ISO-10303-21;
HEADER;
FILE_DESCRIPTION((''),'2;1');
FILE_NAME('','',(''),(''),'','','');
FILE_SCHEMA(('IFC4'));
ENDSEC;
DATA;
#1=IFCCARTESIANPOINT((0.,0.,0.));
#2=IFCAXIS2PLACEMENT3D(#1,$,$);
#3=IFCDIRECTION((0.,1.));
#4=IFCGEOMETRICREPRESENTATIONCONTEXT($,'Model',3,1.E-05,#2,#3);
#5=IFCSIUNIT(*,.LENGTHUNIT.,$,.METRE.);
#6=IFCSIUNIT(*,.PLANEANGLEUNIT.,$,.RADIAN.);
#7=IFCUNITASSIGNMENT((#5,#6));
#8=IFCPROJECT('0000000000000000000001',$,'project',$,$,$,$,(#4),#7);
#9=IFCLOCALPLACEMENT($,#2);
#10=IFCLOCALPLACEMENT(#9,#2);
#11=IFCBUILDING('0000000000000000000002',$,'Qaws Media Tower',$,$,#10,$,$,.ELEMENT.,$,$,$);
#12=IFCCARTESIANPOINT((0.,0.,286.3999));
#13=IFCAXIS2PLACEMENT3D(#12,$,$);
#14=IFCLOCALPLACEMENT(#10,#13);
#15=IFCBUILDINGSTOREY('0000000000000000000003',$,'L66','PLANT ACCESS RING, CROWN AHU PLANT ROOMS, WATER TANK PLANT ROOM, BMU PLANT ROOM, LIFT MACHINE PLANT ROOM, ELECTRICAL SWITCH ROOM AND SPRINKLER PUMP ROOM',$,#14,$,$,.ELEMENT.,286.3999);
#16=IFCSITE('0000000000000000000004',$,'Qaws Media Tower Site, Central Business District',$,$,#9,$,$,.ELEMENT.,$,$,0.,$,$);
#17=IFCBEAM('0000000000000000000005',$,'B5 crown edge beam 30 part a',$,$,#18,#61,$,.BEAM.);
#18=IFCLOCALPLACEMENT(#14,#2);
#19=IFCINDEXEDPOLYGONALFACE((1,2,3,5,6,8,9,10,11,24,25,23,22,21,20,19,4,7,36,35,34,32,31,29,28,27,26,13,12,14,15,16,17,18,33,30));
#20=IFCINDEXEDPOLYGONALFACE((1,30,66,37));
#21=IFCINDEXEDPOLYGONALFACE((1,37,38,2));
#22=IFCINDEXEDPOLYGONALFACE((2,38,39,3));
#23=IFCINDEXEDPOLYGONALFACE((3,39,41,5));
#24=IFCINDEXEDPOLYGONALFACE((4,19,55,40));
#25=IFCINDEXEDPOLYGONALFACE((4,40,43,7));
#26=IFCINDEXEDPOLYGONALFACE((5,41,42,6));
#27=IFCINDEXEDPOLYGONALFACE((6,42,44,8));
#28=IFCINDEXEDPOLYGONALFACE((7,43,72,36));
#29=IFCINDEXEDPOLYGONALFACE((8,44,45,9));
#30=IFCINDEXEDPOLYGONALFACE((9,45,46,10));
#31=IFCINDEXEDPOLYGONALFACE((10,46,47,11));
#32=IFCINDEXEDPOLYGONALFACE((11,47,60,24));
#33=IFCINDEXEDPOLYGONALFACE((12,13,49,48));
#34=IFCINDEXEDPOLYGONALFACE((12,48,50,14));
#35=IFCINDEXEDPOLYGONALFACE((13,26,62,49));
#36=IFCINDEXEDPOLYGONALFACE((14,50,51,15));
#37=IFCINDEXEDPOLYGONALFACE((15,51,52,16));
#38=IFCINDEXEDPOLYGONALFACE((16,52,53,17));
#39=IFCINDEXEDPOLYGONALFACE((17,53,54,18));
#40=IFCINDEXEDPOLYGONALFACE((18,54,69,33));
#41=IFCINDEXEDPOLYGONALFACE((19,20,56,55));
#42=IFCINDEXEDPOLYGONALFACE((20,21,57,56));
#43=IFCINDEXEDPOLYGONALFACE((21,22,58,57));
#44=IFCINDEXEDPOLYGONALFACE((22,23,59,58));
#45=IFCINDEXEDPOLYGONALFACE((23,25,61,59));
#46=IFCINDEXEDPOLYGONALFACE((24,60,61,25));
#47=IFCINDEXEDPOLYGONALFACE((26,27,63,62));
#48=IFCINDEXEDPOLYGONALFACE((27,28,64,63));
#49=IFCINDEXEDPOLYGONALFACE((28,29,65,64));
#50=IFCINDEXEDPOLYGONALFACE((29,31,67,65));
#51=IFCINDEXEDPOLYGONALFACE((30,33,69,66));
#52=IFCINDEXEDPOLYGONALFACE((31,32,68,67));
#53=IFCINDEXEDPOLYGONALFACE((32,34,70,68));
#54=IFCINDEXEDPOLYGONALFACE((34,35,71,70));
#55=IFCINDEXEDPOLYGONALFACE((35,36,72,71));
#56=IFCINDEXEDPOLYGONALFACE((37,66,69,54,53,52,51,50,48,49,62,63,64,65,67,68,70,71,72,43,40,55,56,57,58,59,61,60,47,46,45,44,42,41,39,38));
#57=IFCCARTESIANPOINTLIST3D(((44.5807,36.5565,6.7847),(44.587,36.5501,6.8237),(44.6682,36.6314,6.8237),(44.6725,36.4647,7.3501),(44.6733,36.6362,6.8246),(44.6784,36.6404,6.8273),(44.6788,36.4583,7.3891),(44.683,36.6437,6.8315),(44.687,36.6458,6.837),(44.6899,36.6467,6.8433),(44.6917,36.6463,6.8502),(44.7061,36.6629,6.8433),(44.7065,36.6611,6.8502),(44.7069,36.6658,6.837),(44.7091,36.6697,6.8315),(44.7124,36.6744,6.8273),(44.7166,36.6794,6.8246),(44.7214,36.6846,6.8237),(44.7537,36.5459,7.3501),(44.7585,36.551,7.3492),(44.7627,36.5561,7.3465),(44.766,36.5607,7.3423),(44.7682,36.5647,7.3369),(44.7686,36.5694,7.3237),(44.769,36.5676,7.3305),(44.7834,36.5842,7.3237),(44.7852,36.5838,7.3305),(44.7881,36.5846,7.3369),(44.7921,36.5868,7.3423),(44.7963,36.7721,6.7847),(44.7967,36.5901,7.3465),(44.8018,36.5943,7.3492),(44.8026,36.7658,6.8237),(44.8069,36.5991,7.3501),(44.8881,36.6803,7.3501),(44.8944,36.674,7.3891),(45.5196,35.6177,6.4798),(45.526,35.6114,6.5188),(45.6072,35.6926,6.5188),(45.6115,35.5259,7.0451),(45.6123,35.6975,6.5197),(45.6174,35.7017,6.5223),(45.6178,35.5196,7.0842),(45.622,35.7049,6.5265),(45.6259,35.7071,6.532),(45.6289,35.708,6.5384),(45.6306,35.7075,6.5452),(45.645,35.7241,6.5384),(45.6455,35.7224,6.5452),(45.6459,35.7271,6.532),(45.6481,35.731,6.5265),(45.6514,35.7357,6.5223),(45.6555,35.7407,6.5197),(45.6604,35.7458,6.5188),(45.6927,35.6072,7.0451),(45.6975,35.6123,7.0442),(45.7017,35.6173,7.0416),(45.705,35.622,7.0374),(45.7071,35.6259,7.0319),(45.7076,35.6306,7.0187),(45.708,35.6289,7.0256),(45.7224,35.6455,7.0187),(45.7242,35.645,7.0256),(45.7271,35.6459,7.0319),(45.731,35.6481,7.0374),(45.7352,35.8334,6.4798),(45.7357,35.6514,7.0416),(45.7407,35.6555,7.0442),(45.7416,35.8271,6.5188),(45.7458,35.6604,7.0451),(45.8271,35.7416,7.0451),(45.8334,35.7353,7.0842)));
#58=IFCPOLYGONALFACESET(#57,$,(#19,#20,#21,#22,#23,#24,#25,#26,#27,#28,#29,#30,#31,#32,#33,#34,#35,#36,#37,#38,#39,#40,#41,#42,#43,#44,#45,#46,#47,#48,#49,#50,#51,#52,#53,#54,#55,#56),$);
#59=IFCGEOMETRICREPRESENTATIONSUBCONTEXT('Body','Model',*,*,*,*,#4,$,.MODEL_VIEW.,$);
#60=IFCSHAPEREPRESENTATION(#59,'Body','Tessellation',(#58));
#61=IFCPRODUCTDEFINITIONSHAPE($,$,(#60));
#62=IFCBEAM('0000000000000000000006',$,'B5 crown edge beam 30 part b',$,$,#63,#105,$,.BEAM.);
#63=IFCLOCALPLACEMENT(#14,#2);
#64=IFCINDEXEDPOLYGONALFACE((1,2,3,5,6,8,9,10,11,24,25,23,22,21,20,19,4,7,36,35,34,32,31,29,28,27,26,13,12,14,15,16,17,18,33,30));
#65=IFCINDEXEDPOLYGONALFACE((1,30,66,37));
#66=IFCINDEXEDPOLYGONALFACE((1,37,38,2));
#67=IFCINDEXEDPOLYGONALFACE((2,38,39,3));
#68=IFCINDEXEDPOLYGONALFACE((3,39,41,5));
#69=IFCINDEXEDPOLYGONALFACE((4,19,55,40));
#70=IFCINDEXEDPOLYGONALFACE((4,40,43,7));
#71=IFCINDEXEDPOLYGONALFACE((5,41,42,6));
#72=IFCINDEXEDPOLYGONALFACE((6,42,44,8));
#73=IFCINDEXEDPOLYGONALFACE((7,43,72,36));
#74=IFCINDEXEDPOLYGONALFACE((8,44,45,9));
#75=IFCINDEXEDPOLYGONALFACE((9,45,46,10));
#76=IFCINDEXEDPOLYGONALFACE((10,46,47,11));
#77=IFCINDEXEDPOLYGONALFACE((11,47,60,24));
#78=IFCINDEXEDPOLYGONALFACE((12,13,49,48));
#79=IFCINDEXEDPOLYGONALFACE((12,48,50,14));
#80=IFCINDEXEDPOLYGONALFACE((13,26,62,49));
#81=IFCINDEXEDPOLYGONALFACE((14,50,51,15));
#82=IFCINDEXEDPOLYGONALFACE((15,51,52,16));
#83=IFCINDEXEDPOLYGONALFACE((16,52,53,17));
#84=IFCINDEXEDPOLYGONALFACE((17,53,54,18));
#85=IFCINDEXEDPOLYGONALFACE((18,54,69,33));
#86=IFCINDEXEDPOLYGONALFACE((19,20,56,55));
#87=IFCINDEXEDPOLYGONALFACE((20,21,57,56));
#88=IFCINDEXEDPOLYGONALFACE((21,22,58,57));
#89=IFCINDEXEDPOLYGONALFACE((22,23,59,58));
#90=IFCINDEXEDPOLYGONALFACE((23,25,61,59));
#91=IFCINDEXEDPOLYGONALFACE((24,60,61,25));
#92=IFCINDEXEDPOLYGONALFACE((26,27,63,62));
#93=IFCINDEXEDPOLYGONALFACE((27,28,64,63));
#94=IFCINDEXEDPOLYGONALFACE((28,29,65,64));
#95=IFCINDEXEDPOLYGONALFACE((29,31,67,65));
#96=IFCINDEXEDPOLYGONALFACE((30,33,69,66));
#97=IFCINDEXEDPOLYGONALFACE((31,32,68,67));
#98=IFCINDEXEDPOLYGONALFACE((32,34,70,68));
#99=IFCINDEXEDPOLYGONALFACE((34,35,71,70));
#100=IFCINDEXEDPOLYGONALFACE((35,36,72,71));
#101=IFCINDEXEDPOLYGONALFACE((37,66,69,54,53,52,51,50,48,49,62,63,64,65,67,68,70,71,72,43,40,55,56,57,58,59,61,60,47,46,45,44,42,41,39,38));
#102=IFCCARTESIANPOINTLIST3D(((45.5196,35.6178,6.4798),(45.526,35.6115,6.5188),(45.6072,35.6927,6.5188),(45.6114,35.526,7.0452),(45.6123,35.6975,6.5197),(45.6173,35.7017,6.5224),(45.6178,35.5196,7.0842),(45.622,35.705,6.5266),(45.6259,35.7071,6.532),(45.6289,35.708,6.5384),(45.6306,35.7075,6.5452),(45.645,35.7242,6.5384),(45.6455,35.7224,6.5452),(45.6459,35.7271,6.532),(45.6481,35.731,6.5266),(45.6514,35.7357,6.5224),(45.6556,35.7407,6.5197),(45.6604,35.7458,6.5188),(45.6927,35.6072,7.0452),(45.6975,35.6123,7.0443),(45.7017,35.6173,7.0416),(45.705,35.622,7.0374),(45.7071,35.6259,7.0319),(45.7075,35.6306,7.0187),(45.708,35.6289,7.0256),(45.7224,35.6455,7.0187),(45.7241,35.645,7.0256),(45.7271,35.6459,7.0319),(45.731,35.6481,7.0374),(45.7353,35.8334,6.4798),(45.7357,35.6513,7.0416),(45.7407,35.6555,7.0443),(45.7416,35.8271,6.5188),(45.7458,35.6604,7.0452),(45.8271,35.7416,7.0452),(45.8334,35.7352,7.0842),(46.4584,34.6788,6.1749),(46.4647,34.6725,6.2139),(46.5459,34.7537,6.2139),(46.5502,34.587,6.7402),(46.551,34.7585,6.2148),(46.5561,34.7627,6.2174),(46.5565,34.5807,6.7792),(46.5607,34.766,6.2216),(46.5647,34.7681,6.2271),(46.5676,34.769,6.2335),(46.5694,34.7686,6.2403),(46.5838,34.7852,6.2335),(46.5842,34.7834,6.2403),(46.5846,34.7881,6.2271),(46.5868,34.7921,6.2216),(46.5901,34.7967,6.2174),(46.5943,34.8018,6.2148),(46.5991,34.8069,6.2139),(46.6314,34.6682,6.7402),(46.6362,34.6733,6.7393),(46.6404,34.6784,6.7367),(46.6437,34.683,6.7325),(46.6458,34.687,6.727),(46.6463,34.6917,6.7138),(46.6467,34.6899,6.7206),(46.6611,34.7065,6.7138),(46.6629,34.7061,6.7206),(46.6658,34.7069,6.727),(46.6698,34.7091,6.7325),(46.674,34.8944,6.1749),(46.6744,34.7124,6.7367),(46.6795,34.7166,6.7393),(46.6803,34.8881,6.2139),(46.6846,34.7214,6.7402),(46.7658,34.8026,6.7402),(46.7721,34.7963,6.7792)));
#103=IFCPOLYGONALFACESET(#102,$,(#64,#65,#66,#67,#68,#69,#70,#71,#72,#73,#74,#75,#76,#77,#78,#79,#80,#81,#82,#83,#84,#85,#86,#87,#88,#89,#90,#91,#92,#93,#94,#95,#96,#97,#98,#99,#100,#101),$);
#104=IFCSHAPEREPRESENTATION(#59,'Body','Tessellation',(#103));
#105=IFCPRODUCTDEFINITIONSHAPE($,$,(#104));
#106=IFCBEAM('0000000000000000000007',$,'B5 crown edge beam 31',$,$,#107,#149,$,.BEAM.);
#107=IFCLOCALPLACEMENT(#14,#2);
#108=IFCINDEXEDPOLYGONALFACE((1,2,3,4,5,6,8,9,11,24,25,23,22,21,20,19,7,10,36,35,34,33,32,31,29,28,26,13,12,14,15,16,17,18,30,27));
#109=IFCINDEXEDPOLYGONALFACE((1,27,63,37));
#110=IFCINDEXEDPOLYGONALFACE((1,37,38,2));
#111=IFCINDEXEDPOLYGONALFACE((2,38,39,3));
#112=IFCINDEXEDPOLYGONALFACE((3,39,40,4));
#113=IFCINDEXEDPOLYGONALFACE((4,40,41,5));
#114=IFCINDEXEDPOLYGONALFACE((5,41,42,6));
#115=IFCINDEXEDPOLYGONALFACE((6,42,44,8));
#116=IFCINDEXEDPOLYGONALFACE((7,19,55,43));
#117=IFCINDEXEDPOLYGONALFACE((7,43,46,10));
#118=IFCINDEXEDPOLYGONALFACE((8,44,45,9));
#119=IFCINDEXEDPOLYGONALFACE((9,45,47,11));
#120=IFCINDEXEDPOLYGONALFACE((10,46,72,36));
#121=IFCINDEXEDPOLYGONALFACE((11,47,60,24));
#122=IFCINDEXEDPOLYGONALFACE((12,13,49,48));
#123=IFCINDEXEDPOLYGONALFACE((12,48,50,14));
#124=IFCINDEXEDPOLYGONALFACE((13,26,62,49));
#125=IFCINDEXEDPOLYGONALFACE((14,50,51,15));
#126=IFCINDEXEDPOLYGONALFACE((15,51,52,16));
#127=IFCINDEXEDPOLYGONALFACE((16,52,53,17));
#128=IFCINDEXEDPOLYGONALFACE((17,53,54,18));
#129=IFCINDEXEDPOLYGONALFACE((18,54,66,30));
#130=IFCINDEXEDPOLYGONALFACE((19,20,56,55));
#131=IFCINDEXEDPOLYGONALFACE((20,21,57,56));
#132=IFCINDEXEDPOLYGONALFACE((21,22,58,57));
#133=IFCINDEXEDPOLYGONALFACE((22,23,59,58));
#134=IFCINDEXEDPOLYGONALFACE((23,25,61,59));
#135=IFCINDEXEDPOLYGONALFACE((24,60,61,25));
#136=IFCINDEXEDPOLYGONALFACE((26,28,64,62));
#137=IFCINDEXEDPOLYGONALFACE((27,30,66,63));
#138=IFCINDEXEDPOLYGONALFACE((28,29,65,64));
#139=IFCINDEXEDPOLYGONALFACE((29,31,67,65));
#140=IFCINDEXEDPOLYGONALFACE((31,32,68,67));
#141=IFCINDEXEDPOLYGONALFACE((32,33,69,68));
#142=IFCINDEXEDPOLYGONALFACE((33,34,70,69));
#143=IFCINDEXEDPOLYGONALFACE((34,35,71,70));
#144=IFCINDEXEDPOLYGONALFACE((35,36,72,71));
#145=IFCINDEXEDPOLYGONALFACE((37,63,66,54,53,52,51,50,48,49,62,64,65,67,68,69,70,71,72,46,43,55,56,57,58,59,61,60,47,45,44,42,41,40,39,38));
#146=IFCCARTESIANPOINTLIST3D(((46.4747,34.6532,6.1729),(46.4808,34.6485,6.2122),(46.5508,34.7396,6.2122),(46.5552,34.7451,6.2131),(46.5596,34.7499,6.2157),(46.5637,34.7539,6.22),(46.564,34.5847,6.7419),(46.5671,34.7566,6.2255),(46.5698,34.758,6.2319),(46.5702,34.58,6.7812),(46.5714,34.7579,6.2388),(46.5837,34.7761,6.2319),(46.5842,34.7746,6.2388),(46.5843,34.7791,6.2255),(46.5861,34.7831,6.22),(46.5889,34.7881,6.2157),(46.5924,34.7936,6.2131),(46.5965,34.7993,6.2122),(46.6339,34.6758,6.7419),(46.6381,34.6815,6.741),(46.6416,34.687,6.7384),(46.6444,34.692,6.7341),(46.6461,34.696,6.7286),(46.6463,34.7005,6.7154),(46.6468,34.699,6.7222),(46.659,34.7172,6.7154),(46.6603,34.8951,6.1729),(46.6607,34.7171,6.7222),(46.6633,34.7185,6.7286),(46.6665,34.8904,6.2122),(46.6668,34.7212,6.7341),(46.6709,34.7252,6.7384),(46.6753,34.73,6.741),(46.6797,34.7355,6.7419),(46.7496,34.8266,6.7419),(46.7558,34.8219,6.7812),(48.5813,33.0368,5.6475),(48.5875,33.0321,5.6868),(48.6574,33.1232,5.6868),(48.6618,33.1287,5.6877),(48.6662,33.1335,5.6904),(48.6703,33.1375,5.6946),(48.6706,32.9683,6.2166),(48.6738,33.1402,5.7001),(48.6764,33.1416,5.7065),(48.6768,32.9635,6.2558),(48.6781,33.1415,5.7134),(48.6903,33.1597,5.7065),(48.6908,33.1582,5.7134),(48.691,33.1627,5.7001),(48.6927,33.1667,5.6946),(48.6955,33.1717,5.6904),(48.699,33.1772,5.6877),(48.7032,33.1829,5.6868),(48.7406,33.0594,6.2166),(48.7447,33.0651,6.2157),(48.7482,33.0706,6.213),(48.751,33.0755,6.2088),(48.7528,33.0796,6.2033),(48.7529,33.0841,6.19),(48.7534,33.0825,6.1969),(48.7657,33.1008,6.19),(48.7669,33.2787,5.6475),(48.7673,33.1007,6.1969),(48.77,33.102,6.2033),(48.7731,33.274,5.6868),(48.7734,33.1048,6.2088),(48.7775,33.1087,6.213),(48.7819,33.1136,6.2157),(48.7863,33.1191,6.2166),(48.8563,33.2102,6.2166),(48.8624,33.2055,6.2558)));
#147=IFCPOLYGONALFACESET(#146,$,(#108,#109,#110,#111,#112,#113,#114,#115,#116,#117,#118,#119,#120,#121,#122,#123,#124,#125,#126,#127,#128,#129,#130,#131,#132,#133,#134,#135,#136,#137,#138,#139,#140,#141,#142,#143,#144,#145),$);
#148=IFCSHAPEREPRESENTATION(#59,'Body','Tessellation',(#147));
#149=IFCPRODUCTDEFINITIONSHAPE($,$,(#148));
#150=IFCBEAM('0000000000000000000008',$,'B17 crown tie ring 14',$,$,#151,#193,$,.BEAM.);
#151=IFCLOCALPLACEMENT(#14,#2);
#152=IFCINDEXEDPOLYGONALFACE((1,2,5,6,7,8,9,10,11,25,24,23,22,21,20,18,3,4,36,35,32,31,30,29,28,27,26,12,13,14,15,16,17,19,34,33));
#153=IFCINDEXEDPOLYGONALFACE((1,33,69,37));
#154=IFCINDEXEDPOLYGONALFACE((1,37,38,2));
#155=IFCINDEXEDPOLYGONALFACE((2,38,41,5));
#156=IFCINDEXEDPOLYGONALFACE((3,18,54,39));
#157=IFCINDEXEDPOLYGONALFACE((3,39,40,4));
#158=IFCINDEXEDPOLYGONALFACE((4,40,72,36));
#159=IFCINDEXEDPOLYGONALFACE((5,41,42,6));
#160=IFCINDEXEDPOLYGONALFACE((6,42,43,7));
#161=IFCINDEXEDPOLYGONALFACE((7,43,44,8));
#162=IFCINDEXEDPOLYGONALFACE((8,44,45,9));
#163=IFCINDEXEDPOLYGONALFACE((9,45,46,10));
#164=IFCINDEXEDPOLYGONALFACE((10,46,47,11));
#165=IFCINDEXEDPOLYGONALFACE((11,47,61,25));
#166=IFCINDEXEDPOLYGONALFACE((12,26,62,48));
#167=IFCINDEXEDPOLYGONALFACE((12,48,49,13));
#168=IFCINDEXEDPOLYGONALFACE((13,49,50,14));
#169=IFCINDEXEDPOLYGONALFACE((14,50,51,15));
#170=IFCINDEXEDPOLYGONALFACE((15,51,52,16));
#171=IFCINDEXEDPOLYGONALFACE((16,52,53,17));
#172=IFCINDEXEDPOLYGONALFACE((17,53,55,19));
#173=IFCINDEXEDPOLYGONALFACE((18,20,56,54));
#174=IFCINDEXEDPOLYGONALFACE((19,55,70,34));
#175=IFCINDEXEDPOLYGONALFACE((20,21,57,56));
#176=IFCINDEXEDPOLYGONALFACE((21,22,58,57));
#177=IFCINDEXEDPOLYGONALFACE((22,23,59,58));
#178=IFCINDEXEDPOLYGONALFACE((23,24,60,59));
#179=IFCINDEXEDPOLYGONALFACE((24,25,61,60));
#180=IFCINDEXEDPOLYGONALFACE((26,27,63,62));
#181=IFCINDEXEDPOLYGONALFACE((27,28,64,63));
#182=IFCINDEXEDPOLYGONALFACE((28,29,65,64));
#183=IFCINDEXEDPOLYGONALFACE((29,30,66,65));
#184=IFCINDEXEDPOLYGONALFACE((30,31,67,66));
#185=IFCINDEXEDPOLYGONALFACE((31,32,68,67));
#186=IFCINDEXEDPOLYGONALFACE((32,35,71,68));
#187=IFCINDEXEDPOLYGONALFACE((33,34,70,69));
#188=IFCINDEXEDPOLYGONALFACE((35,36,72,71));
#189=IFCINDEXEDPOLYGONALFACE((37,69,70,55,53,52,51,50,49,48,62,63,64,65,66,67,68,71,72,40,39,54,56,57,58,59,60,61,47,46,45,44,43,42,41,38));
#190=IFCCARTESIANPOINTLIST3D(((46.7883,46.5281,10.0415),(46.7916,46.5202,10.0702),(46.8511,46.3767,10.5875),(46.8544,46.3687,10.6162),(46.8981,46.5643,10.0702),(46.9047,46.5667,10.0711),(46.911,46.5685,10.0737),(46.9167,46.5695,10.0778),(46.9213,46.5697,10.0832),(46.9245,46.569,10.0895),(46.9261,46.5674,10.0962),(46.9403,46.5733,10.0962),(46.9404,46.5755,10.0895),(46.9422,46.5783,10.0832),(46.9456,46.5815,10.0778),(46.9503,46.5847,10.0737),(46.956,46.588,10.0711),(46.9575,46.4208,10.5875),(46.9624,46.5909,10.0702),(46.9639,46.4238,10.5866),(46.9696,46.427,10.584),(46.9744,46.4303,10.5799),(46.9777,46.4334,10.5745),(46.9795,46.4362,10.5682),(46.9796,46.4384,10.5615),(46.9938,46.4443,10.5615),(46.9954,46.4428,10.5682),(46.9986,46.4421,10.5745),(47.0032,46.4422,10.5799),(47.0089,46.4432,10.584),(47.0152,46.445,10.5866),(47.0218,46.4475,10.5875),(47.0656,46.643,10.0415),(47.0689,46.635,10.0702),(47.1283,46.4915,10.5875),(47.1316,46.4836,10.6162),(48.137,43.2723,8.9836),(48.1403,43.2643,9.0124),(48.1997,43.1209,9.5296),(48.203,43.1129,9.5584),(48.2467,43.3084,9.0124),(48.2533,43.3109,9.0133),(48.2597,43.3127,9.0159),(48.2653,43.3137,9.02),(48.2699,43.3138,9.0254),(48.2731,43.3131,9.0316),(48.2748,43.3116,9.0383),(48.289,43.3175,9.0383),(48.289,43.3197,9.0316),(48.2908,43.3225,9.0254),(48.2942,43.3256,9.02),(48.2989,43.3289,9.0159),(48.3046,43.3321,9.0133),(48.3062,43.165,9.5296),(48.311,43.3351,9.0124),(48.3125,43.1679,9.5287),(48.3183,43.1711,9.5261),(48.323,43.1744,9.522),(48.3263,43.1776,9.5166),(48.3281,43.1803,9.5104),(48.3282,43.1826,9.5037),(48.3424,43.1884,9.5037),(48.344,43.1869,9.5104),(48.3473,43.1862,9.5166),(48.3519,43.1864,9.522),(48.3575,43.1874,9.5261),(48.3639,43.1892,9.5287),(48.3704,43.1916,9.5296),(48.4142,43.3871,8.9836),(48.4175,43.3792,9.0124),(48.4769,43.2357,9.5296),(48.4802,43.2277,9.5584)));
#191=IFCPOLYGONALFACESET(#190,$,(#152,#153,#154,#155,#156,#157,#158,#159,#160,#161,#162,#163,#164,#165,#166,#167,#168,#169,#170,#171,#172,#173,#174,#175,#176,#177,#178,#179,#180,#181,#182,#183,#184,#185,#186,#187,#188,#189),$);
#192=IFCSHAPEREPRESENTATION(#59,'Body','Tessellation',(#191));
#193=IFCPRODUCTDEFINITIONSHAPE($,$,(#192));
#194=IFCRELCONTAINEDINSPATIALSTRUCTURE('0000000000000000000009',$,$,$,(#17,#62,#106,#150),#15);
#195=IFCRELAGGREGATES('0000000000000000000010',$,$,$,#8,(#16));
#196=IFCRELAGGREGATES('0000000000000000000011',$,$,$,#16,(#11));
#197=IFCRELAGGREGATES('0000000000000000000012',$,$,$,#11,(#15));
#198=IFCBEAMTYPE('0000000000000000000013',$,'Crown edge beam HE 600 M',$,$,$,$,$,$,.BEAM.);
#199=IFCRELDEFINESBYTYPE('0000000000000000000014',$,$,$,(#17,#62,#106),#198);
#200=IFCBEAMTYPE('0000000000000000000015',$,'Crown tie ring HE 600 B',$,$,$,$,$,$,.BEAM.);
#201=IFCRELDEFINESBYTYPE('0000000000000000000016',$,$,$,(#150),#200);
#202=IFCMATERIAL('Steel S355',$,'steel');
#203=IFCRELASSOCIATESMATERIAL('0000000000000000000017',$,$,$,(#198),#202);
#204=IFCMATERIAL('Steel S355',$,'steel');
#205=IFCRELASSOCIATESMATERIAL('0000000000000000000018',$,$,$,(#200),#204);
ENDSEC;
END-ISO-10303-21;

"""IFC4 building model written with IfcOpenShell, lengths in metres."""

from ifc_helpers import new_model, si_unit, direction, frame, origin, origin_2d, place, context, subcontext, project, spatial, i_section, extrude, material, material_profile, profile_set, type_object, element, save


model = new_model("IFC4")

# Units and contexts
model_context = context("Model", 3, precision=1e-05, world=origin(), true_north=direction((0.0, 1.0)))
body_context = subcontext(model_context, "Body", "Model", "MODEL_VIEW")
ifc_project = project(units=[si_unit("LENGTHUNIT", "METRE"), si_unit("PLANEANGLEUNIT", "RADIAN")], contexts=[model_context])

# Site, building, storey
site_placement = place(None, origin())
site = spatial("IfcSite", under=ifc_project, at=site_placement, Name="Qaws Media Tower Site, Central Business District", CompositionType="ELEMENT", RefElevation=0.0)
building_placement = place(site_placement, origin())
building = spatial("IfcBuilding", under=site, at=building_placement, Name="Qaws Media Tower", CompositionType="ELEMENT")
storey_placement = place(building_placement, frame((0.0, 0.0, 286.3999)))
storey = spatial("IfcBuildingStorey", under=building, at=storey_placement, Name="L66", Description="PLANT ACCESS RING, CROWN AHU PLANT ROOMS, WATER TANK PLANT ROOM, BMU PLANT ROOM, LIFT MACHINE PLANT ROOM, ELECTRICAL SWITCH ROOM AND SPRINKLER PUMP ROOM", CompositionType="ELEMENT", Elevation=286.3999)

# Beams
ifc_material_1 = material(Name="Steel S355", Category="steel")
ifc_material_profile_1 = material_profile(ifc_material_1, i_section(OverallWidth=0.3049, OverallDepth=0.6201, WebThickness=0.021, FlangeThickness=0.04, FilletRadius=0.0271, at=origin_2d()), Name="HE 600 M")
ifc_profile_set_1 = profile_set([ifc_material_profile_1], Name="Steel S355")
beam_type_1 = type_object("IfcBeamType", Name="Crown edge beam HE 600 M", PredefinedType="BEAM", material=ifc_profile_set_1)
for number, where, z_axis, x_axis, name in (
    (1, (44.7375, 36.6152, 7.0869), (0.689255, -0.689075, -0.223837), (0.707015, 0.707199, 0.0), "B5 crown edge beam 30 part a"),
    (2, (45.6765, 35.6765, 6.782), (0.689075, -0.689255, -0.223837), (0.707199, 0.707015, 0.0), "B5 crown edge beam 30 part b"),
):
    element("IfcBeam", number, at=place(storey_placement, frame(where, z_axis=z_axis, x_axis=x_axis)), inside=storey, type_object=beam_type_1, Name=name, PredefinedType="BEAM", context=body_context, shape_type="SweptSolid", body=[
        extrude(i_section(OverallWidth=0.3049, OverallDepth=0.6201, WebThickness=0.021, FlangeThickness=0.04, FilletRadius=0.0271, at=origin_2d()), origin(), (0.0, 0.0, 1.0), 1.3623),
    ])
beam_1_placement = place(storey_placement, frame((46.6152, 34.7375, 6.4771), z_axis=(0.778277, -0.597169, -0.194096), x_axis=(0.608746, 0.793365, 0.0)))
element("IfcBeam", 3, at=beam_1_placement, inside=storey, type_object=beam_type_1, Name="B5 crown edge beam 31", PredefinedType="BEAM", context=body_context, shape_type="SweptSolid", body=[
    extrude(i_section(OverallWidth=0.3049, OverallDepth=0.6201, WebThickness=0.021, FlangeThickness=0.04, FilletRadius=0.0271, at=origin_2d()), origin(), (0.0, 0.0, 1.0), 2.7068),
])
ifc_material_2 = material(Name="Steel S355", Category="steel")
ifc_material_profile_2 = material_profile(ifc_material_2, i_section(OverallWidth=0.3, OverallDepth=0.6001, WebThickness=0.0154, FlangeThickness=0.03, FilletRadius=0.0271, at=origin_2d()), Name="HE 600 B")
ifc_profile_set_2 = profile_set([ifc_material_profile_2], Name="Steel S355")
beam_type_2 = type_object("IfcBeamType", Name="Crown tie ring HE 600 B", PredefinedType="BEAM", material=ifc_profile_set_2)
beam_2_placement = place(storey_placement, frame((46.96, 46.5059, 10.3289), z_axis=(0.366529, -0.884872, -0.287504), x_axis=(0.923878, 0.382686, 0.0)))
element("IfcBeam", 4, at=beam_2_placement, inside=storey, type_object=beam_type_2, Name="B17 crown tie ring 14", PredefinedType="BEAM", context=body_context, shape_type="SweptSolid", body=[
    extrude(i_section(OverallWidth=0.3, OverallDepth=0.6001, WebThickness=0.0154, FlangeThickness=0.03, FilletRadius=0.0271, at=origin_2d()), origin(), (0.0, 0.0, 1.0), 3.6794),
])

save(model, "model.ifc")
